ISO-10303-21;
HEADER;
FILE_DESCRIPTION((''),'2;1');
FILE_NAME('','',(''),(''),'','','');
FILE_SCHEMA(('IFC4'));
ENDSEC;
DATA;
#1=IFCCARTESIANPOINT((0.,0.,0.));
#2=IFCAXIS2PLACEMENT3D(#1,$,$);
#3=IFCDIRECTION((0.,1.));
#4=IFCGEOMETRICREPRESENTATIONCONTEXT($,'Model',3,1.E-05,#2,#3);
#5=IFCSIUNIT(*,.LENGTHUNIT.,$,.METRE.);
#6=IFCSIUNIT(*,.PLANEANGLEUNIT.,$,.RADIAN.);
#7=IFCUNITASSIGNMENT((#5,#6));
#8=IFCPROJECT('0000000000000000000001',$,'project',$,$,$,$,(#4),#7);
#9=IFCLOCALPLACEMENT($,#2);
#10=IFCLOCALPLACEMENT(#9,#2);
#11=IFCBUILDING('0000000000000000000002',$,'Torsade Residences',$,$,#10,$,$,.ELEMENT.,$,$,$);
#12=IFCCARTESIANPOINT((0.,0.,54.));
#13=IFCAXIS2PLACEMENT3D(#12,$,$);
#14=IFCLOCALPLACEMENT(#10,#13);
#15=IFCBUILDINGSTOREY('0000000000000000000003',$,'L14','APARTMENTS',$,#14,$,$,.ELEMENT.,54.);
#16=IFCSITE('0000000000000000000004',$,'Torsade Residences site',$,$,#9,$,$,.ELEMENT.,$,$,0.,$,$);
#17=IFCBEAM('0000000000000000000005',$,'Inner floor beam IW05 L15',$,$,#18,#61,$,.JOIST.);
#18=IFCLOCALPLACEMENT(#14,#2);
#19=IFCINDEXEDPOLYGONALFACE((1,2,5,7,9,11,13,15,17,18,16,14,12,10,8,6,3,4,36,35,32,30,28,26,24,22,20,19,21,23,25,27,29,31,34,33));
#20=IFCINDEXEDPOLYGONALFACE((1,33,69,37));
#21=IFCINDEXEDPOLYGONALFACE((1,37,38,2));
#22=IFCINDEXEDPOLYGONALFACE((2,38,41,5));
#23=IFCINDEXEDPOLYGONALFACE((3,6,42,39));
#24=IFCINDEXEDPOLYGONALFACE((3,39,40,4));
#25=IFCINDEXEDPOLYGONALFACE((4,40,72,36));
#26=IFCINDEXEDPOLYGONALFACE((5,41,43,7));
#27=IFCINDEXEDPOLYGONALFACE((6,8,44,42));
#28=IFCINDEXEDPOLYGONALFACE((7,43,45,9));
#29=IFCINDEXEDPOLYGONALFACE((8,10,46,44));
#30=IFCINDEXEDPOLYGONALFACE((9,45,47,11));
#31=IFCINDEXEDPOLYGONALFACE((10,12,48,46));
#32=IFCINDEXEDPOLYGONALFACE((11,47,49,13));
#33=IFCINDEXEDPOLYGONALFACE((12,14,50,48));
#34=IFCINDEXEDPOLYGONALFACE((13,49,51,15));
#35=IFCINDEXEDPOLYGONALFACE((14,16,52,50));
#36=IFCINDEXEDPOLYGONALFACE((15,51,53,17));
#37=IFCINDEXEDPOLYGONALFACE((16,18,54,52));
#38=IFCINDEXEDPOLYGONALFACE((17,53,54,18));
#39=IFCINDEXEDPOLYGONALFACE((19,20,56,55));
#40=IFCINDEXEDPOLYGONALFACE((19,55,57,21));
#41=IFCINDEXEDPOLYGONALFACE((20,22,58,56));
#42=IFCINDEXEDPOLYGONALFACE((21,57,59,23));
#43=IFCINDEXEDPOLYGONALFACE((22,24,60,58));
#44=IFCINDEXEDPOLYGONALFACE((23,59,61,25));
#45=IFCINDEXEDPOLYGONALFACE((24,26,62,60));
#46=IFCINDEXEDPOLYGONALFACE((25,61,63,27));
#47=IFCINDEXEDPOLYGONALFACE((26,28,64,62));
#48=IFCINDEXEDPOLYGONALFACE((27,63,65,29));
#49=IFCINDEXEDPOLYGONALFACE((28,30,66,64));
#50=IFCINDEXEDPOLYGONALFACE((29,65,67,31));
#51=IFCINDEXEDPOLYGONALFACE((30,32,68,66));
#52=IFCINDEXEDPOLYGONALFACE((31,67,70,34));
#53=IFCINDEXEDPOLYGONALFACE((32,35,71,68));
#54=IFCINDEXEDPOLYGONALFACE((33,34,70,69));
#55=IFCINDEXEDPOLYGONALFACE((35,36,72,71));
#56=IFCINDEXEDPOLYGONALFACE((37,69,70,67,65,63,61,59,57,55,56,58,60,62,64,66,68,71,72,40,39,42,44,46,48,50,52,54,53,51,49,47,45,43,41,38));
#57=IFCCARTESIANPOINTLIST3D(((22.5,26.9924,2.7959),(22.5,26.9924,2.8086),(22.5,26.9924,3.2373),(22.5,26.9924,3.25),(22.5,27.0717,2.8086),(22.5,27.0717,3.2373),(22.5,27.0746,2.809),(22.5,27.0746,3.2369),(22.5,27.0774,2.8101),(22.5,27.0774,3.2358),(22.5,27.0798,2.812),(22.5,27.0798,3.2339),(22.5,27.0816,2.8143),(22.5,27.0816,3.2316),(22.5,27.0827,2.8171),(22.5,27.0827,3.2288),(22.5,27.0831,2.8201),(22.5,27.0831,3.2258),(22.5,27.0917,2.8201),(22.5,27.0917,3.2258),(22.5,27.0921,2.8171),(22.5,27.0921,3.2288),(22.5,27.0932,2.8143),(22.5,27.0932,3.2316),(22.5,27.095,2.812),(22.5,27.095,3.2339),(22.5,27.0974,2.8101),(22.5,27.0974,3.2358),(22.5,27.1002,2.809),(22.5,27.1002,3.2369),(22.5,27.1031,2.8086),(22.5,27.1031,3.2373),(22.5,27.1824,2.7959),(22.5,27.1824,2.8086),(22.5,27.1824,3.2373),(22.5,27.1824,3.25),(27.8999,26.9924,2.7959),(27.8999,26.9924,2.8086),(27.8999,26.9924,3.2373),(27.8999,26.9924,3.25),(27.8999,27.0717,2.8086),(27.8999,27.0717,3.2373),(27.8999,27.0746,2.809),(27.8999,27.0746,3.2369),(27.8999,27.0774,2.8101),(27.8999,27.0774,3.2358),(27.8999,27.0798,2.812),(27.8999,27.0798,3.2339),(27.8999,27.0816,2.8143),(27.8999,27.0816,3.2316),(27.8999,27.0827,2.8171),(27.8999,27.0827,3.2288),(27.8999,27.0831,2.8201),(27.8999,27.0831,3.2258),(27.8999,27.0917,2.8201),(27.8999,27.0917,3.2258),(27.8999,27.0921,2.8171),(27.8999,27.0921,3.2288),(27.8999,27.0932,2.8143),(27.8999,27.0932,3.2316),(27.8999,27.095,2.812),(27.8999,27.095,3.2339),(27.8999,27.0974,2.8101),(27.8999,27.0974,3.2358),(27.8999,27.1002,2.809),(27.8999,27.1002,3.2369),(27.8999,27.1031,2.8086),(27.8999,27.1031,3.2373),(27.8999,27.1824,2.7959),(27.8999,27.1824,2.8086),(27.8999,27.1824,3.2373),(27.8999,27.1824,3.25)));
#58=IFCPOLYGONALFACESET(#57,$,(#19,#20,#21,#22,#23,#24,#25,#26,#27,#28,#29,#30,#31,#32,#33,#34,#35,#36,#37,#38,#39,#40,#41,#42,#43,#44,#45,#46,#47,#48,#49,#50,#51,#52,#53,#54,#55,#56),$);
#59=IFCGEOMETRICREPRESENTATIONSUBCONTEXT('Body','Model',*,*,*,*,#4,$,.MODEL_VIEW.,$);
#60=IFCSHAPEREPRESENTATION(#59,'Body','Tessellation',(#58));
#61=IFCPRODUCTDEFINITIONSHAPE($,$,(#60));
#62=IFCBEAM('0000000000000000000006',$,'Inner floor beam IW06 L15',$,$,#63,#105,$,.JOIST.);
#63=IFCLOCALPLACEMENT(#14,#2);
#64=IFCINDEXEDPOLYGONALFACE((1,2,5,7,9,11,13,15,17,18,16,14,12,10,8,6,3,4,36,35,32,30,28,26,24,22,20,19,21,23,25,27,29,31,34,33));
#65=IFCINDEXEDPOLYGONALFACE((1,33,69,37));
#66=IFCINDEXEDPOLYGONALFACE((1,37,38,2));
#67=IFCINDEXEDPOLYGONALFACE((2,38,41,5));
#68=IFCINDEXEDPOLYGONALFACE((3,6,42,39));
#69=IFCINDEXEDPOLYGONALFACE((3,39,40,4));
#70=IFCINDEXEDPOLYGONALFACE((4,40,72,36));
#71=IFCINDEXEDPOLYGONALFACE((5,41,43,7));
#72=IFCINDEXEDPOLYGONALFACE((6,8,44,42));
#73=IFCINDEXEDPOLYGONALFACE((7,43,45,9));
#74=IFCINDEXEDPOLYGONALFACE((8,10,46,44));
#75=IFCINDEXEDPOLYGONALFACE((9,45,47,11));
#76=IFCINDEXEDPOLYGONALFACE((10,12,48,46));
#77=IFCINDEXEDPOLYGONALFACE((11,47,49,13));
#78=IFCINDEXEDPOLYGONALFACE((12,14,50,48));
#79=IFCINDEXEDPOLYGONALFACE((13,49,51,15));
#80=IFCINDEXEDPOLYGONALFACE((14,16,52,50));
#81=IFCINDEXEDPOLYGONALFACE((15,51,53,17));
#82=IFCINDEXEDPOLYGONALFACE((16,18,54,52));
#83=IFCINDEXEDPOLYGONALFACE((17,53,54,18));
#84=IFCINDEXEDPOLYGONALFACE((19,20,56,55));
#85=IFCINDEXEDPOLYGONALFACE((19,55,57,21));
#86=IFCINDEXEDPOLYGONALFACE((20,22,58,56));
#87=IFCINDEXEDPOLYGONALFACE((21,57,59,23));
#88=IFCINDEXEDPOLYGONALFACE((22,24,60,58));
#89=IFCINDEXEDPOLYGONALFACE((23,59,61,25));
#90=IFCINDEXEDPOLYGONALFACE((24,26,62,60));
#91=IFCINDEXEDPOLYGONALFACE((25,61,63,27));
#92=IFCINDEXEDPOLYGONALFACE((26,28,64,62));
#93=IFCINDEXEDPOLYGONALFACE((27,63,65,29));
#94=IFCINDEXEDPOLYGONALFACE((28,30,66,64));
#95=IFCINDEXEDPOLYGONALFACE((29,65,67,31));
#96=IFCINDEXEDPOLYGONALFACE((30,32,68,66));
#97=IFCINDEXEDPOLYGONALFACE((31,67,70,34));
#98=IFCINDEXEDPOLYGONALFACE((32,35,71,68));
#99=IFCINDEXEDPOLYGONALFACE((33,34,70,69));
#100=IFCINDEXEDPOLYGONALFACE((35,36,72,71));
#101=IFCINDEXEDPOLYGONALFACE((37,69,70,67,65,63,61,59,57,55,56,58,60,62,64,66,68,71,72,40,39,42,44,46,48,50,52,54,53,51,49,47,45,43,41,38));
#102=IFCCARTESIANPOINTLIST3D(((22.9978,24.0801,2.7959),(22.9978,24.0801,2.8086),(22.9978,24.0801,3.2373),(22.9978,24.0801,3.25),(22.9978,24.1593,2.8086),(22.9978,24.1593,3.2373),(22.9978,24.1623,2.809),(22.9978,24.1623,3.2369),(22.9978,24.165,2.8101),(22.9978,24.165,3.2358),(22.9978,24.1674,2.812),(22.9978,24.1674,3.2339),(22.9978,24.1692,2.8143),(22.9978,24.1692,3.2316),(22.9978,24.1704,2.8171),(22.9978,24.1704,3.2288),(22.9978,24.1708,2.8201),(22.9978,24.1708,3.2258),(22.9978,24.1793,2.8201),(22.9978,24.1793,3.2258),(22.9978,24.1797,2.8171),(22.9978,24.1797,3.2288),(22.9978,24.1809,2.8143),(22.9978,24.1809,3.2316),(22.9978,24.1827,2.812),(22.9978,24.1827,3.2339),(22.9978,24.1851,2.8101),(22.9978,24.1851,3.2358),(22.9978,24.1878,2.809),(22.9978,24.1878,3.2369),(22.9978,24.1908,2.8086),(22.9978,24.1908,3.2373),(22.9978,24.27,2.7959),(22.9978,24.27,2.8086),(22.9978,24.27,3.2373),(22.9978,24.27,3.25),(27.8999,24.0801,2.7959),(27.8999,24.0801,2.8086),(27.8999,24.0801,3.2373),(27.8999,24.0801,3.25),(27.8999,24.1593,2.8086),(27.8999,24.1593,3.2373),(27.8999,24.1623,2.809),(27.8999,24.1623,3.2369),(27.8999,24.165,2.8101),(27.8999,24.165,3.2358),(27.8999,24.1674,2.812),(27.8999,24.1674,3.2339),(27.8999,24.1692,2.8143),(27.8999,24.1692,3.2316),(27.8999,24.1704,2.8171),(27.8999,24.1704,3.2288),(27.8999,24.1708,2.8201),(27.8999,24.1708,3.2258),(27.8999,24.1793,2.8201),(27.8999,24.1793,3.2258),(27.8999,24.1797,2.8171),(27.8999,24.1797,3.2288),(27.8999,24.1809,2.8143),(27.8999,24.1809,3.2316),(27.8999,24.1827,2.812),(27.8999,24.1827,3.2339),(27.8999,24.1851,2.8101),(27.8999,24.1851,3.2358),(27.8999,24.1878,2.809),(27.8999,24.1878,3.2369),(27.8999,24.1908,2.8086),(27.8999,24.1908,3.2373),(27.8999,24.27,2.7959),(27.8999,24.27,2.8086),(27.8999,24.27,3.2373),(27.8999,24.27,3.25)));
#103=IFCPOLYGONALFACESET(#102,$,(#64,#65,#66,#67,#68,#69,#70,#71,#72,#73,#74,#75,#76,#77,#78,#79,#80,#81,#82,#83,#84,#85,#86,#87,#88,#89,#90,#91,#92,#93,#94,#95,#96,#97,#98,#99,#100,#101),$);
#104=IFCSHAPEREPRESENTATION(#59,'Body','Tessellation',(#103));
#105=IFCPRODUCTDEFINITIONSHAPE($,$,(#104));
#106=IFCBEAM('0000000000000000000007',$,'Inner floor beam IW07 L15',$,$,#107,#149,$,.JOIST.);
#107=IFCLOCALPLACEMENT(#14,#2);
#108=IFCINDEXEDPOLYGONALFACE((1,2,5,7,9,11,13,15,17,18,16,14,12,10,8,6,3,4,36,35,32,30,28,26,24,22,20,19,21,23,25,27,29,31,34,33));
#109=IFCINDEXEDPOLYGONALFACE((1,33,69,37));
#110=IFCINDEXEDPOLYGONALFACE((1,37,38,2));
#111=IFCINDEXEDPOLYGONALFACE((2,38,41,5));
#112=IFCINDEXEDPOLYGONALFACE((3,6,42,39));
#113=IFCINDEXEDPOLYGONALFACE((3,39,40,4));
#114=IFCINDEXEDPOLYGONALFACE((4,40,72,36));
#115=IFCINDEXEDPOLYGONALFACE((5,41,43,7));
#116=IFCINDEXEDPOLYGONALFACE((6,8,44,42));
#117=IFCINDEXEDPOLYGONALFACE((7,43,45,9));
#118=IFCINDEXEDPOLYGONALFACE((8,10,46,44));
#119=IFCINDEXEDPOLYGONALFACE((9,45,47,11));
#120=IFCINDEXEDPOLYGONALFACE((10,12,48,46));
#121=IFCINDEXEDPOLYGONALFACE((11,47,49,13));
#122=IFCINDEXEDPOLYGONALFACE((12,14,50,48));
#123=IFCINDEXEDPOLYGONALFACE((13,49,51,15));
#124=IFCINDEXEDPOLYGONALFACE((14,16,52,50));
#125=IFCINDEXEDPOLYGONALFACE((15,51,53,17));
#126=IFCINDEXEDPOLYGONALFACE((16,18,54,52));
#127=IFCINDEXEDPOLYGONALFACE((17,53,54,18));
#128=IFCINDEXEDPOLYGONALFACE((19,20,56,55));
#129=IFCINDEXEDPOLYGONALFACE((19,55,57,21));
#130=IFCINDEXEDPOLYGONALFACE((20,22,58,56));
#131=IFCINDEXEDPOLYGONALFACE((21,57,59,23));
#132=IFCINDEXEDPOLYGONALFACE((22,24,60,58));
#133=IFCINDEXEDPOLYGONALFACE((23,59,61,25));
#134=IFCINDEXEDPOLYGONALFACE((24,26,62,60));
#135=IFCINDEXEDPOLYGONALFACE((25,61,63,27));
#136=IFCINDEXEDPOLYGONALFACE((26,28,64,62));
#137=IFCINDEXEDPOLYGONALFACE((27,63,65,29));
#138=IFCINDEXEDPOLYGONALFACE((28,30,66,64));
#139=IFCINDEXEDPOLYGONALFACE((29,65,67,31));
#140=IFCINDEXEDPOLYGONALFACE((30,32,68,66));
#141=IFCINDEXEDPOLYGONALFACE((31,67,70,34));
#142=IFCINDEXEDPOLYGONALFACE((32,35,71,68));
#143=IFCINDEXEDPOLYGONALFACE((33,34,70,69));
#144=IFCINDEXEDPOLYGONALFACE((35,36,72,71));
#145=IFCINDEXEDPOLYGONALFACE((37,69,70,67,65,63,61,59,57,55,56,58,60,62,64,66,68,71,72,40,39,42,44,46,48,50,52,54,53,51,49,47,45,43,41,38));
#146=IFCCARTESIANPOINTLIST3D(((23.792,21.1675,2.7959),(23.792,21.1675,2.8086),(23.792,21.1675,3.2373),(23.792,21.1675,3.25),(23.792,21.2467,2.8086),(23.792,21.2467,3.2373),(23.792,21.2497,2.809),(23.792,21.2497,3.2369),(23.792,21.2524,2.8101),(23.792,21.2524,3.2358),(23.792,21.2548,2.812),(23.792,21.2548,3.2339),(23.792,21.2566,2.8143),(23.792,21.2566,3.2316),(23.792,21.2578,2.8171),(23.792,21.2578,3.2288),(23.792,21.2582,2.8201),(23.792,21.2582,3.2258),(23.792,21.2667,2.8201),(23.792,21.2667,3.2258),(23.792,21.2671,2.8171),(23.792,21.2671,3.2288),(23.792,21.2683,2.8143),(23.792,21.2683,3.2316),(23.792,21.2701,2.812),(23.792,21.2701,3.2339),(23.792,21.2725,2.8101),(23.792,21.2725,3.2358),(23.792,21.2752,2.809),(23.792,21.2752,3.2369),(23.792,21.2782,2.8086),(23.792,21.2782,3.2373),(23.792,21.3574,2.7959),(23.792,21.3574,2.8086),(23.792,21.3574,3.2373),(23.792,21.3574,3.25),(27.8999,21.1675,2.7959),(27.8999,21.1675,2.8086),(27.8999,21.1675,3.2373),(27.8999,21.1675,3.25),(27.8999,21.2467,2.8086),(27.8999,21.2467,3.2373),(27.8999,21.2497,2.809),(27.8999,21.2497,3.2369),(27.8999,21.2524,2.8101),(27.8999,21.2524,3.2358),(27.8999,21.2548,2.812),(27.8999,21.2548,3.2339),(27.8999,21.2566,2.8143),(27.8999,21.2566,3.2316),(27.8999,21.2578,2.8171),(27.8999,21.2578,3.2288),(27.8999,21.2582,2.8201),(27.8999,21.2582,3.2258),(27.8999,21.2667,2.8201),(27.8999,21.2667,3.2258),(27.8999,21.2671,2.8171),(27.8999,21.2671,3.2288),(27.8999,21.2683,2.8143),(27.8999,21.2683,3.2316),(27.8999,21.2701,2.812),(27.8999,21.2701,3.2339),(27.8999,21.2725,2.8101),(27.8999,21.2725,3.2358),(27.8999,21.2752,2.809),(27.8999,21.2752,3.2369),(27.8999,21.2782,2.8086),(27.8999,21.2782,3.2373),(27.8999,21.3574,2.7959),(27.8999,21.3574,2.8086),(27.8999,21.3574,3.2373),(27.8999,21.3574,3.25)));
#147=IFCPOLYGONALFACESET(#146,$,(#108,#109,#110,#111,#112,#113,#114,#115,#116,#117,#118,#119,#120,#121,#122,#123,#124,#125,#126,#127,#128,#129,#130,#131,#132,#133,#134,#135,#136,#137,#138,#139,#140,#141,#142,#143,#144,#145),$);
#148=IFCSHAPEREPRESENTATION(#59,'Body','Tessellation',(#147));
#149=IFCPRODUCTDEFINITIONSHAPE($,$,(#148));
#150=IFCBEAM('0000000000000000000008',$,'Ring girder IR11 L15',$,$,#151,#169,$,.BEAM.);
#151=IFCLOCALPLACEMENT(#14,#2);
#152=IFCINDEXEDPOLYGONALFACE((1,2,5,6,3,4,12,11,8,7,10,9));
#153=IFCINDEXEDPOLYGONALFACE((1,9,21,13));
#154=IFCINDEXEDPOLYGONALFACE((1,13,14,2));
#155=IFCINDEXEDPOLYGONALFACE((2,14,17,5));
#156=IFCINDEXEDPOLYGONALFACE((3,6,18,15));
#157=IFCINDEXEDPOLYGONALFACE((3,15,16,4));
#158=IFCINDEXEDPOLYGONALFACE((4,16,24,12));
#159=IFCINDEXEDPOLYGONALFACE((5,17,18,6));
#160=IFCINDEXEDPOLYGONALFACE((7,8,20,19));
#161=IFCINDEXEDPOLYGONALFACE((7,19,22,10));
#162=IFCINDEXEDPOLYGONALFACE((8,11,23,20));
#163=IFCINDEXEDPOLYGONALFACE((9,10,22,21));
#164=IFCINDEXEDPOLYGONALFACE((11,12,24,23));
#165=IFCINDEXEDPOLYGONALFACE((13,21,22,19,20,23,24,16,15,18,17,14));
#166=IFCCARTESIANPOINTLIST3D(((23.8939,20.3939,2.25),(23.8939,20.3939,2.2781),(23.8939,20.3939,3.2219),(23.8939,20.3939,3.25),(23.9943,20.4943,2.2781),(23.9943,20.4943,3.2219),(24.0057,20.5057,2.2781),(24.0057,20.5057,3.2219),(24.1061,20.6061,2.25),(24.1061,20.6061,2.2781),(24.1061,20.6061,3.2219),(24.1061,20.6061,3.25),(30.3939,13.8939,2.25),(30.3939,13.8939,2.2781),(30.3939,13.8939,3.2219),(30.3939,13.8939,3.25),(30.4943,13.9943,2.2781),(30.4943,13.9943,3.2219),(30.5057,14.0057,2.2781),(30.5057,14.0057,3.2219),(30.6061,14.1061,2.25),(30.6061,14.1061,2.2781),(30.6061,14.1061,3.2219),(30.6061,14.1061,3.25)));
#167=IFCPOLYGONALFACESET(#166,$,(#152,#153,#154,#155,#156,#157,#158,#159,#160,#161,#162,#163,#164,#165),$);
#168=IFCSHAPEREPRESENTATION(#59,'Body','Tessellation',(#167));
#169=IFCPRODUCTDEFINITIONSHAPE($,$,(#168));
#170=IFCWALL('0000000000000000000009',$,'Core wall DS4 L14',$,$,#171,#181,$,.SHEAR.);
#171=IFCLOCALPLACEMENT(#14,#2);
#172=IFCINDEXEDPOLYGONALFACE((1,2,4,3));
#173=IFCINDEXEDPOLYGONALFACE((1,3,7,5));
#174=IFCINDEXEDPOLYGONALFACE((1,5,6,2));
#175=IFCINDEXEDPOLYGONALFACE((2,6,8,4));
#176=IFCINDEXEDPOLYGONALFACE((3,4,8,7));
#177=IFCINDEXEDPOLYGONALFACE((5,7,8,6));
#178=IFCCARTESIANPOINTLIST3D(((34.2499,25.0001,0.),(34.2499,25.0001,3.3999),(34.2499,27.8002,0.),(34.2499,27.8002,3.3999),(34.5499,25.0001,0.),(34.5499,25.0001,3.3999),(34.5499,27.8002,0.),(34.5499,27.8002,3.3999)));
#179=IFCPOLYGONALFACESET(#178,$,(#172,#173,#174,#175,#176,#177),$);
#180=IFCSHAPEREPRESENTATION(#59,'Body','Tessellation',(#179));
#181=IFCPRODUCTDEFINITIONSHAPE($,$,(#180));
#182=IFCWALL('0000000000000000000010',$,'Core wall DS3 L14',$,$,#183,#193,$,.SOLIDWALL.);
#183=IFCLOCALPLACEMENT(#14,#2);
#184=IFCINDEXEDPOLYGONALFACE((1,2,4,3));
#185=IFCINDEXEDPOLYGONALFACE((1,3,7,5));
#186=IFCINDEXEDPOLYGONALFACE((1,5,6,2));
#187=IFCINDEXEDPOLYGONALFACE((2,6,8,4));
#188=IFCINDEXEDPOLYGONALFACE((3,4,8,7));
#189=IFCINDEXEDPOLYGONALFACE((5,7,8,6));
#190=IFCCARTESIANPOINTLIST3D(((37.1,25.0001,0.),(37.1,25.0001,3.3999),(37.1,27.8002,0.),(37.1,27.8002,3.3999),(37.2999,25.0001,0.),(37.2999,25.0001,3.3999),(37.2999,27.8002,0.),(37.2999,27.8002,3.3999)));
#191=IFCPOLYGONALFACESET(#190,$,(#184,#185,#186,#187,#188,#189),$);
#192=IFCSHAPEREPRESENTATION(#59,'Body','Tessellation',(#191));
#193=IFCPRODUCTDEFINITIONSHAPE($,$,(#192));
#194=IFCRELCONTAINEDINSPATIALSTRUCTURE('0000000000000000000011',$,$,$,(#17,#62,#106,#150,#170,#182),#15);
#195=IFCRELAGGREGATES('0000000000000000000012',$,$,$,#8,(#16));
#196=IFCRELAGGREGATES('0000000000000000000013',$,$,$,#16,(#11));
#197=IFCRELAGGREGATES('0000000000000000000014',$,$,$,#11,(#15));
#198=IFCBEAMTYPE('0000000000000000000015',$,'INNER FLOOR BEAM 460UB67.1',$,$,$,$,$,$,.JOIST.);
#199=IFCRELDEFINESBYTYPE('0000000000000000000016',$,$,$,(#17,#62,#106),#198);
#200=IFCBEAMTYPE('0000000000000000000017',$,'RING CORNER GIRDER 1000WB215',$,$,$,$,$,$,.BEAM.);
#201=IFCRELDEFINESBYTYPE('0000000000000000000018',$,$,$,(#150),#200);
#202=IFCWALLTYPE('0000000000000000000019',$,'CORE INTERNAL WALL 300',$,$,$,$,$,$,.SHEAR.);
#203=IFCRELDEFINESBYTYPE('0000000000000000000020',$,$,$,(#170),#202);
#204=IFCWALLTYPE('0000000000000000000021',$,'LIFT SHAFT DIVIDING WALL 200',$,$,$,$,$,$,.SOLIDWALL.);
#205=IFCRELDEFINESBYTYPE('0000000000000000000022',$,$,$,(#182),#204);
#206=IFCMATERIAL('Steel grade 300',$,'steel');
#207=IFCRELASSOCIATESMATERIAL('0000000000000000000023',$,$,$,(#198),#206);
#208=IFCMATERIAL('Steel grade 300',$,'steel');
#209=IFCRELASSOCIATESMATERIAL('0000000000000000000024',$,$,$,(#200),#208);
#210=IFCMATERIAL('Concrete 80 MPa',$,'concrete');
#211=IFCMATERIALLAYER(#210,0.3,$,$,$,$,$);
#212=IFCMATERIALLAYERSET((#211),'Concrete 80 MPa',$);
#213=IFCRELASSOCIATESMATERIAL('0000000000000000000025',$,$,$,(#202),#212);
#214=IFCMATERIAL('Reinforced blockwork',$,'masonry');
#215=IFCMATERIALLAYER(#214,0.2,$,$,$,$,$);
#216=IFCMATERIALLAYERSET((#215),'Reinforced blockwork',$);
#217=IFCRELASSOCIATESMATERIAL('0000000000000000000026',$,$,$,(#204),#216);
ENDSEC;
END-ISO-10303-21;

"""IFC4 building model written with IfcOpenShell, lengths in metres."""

from ifc_helpers import new_model, si_unit, direction, frame, frame_2d, origin, origin_2d, place, context, subcontext, project, spatial, rectangle, i_section, extrude, material, layer, layer_set, material_profile, profile_set, type_object, element, save


model = new_model("IFC4")

# Units and contexts
model_context = context("Model", 3, precision=1e-05, world=origin(), true_north=direction((0.0, 1.0)))
body_context = subcontext(model_context, "Body", "Model", "MODEL_VIEW")
ifc_project = project(units=[si_unit("LENGTHUNIT", "METRE"), si_unit("PLANEANGLEUNIT", "RADIAN")], contexts=[model_context])

# Site, building, storey
site_placement = place(None, origin())
site = spatial("IfcSite", under=ifc_project, at=site_placement, Name="Torsade Residences site", CompositionType="ELEMENT", RefElevation=0.0)
building_placement = place(site_placement, origin())
building = spatial("IfcBuilding", under=site, at=building_placement, Name="Torsade Residences", CompositionType="ELEMENT")
storey_placement = place(building_placement, frame((0.0, 0.0, 54.0)))
storey = spatial("IfcBuildingStorey", under=building, at=storey_placement, Name="L14", Description="APARTMENTS", CompositionType="ELEMENT", Elevation=54.0)

# Beams
ifc_material_1 = material(Name="Steel grade 300", Category="steel")
ifc_material_profile_1 = material_profile(ifc_material_1, i_section(OverallWidth=0.1899, OverallDepth=0.4541, WebThickness=0.0085, FlangeThickness=0.0127, FilletRadius=0.0115, at=origin_2d()), Name="460UB67.1")
ifc_profile_set_1 = profile_set([ifc_material_profile_1], Name="Steel grade 300")
beam_type_1 = type_object("IfcBeamType", Name="INNER FLOOR BEAM 460UB67.1", PredefinedType="JOIST", material=ifc_profile_set_1)
beam_1_placement = place(storey_placement, frame((27.8999, 27.0874, 3.0229), z_axis=(-1.0, 0.0, 0.0), x_axis=(0.0, -1.0, 0.0)))
element("IfcBeam", 1, at=beam_1_placement, inside=storey, type_object=beam_type_1, Name="Inner floor beam IW05 L15", PredefinedType="JOIST", context=body_context, shape_type="SweptSolid", body=[
    extrude(i_section(OverallWidth=0.1899, OverallDepth=0.4541, WebThickness=0.0085, FlangeThickness=0.0127, FilletRadius=0.0115, at=origin_2d()), origin(), (0.0, 0.0, 1.0), 5.3999),
])
beam_2_placement = place(storey_placement, frame((27.8999, 24.175, 3.0229), z_axis=(-1.0, 0.0, 0.0), x_axis=(0.0, -1.0, 0.0)))
element("IfcBeam", 2, at=beam_2_placement, inside=storey, type_object=beam_type_1, Name="Inner floor beam IW06 L15", PredefinedType="JOIST", context=body_context, shape_type="SweptSolid", body=[
    extrude(i_section(OverallWidth=0.1899, OverallDepth=0.4541, WebThickness=0.0085, FlangeThickness=0.0127, FilletRadius=0.0115, at=origin_2d()), origin(), (0.0, 0.0, 1.0), 4.9021),
])
beam_3_placement = place(storey_placement, frame((27.8999, 21.2625, 3.0229), z_axis=(-1.0, 0.0, 0.0), x_axis=(0.0, -1.0, 0.0)))
element("IfcBeam", 3, at=beam_3_placement, inside=storey, type_object=beam_type_1, Name="Inner floor beam IW07 L15", PredefinedType="JOIST", context=body_context, shape_type="SweptSolid", body=[
    extrude(i_section(OverallWidth=0.1899, OverallDepth=0.4541, WebThickness=0.0085, FlangeThickness=0.0127, FilletRadius=0.0115, at=origin_2d()), origin(), (0.0, 0.0, 1.0), 4.1079),
])
ifc_material_2 = material(Name="Steel grade 300", Category="steel")
ifc_material_profile_2 = material_profile(ifc_material_2, i_section(OverallWidth=0.3, OverallDepth=1.0, WebThickness=0.0161, FlangeThickness=0.0281, at=origin_2d()), Name="1000WB215")
ifc_profile_set_2 = profile_set([ifc_material_profile_2], Name="Steel grade 300")
beam_type_2 = type_object("IfcBeamType", Name="RING CORNER GIRDER 1000WB215", PredefinedType="BEAM", material=ifc_profile_set_2)
beam_4_placement = place(storey_placement, frame((24.0, 20.5, 2.75), z_axis=(0.707107, -0.707107, 0.0), x_axis=(0.707107, 0.707107, 0.0)))
element("IfcBeam", 4, at=beam_4_placement, inside=storey, type_object=beam_type_2, Name="Ring girder IR11 L15", PredefinedType="BEAM", context=body_context, shape_type="SweptSolid", body=[
    extrude(i_section(OverallWidth=0.3, OverallDepth=1.0, WebThickness=0.0161, FlangeThickness=0.0281, at=origin_2d()), origin(), (0.0, 0.0, 1.0), 9.1924),
])

# Walls
ifc_material_3 = material(Name="Concrete 80 MPa", Category="concrete")
ifc_layer_1 = layer(ifc_material_3, 0.3)
ifc_layer_set_1 = layer_set([ifc_layer_1], Name="Concrete 80 MPa")
wall_type_1 = type_object("IfcWallType", Name="CORE INTERNAL WALL 300", PredefinedType="SHEAR", material=ifc_layer_set_1)
wall_1_placement = place(storey_placement, frame((34.3999, 27.8, 0.0), z_axis=(0.0, 0.0, 1.0), x_axis=(0.0, -1.0, 0.0)))
element("IfcWall", 5, at=wall_1_placement, inside=storey, type_object=wall_type_1, Name="Core wall DS4 L14", PredefinedType="SHEAR", context=body_context, shape_type="SweptSolid", body=[
    extrude(rectangle(XDim=2.8, YDim=0.3, at=frame_2d((1.3999, 0.0))), origin(), (0.0, 0.0, 1.0), 3.3999),
])
ifc_material_4 = material(Name="Reinforced blockwork", Category="masonry")
ifc_layer_2 = layer(ifc_material_4, 0.2)
ifc_layer_set_2 = layer_set([ifc_layer_2], Name="Reinforced blockwork")
wall_type_2 = type_object("IfcWallType", Name="LIFT SHAFT DIVIDING WALL 200", PredefinedType="SOLIDWALL", material=ifc_layer_set_2)
wall_2_placement = place(storey_placement, frame((37.2, 27.8, 0.0), z_axis=(0.0, 0.0, 1.0), x_axis=(0.0, -1.0, 0.0)))
element("IfcWall", 6, at=wall_2_placement, inside=storey, type_object=wall_type_2, Name="Core wall DS3 L14", PredefinedType="SOLIDWALL", context=body_context, shape_type="SweptSolid", body=[
    extrude(rectangle(XDim=2.8, YDim=0.2, at=frame_2d((1.3999, 0.0))), origin(), (0.0, 0.0, 1.0), 3.3999),
])

save(model, "model.ifc")
